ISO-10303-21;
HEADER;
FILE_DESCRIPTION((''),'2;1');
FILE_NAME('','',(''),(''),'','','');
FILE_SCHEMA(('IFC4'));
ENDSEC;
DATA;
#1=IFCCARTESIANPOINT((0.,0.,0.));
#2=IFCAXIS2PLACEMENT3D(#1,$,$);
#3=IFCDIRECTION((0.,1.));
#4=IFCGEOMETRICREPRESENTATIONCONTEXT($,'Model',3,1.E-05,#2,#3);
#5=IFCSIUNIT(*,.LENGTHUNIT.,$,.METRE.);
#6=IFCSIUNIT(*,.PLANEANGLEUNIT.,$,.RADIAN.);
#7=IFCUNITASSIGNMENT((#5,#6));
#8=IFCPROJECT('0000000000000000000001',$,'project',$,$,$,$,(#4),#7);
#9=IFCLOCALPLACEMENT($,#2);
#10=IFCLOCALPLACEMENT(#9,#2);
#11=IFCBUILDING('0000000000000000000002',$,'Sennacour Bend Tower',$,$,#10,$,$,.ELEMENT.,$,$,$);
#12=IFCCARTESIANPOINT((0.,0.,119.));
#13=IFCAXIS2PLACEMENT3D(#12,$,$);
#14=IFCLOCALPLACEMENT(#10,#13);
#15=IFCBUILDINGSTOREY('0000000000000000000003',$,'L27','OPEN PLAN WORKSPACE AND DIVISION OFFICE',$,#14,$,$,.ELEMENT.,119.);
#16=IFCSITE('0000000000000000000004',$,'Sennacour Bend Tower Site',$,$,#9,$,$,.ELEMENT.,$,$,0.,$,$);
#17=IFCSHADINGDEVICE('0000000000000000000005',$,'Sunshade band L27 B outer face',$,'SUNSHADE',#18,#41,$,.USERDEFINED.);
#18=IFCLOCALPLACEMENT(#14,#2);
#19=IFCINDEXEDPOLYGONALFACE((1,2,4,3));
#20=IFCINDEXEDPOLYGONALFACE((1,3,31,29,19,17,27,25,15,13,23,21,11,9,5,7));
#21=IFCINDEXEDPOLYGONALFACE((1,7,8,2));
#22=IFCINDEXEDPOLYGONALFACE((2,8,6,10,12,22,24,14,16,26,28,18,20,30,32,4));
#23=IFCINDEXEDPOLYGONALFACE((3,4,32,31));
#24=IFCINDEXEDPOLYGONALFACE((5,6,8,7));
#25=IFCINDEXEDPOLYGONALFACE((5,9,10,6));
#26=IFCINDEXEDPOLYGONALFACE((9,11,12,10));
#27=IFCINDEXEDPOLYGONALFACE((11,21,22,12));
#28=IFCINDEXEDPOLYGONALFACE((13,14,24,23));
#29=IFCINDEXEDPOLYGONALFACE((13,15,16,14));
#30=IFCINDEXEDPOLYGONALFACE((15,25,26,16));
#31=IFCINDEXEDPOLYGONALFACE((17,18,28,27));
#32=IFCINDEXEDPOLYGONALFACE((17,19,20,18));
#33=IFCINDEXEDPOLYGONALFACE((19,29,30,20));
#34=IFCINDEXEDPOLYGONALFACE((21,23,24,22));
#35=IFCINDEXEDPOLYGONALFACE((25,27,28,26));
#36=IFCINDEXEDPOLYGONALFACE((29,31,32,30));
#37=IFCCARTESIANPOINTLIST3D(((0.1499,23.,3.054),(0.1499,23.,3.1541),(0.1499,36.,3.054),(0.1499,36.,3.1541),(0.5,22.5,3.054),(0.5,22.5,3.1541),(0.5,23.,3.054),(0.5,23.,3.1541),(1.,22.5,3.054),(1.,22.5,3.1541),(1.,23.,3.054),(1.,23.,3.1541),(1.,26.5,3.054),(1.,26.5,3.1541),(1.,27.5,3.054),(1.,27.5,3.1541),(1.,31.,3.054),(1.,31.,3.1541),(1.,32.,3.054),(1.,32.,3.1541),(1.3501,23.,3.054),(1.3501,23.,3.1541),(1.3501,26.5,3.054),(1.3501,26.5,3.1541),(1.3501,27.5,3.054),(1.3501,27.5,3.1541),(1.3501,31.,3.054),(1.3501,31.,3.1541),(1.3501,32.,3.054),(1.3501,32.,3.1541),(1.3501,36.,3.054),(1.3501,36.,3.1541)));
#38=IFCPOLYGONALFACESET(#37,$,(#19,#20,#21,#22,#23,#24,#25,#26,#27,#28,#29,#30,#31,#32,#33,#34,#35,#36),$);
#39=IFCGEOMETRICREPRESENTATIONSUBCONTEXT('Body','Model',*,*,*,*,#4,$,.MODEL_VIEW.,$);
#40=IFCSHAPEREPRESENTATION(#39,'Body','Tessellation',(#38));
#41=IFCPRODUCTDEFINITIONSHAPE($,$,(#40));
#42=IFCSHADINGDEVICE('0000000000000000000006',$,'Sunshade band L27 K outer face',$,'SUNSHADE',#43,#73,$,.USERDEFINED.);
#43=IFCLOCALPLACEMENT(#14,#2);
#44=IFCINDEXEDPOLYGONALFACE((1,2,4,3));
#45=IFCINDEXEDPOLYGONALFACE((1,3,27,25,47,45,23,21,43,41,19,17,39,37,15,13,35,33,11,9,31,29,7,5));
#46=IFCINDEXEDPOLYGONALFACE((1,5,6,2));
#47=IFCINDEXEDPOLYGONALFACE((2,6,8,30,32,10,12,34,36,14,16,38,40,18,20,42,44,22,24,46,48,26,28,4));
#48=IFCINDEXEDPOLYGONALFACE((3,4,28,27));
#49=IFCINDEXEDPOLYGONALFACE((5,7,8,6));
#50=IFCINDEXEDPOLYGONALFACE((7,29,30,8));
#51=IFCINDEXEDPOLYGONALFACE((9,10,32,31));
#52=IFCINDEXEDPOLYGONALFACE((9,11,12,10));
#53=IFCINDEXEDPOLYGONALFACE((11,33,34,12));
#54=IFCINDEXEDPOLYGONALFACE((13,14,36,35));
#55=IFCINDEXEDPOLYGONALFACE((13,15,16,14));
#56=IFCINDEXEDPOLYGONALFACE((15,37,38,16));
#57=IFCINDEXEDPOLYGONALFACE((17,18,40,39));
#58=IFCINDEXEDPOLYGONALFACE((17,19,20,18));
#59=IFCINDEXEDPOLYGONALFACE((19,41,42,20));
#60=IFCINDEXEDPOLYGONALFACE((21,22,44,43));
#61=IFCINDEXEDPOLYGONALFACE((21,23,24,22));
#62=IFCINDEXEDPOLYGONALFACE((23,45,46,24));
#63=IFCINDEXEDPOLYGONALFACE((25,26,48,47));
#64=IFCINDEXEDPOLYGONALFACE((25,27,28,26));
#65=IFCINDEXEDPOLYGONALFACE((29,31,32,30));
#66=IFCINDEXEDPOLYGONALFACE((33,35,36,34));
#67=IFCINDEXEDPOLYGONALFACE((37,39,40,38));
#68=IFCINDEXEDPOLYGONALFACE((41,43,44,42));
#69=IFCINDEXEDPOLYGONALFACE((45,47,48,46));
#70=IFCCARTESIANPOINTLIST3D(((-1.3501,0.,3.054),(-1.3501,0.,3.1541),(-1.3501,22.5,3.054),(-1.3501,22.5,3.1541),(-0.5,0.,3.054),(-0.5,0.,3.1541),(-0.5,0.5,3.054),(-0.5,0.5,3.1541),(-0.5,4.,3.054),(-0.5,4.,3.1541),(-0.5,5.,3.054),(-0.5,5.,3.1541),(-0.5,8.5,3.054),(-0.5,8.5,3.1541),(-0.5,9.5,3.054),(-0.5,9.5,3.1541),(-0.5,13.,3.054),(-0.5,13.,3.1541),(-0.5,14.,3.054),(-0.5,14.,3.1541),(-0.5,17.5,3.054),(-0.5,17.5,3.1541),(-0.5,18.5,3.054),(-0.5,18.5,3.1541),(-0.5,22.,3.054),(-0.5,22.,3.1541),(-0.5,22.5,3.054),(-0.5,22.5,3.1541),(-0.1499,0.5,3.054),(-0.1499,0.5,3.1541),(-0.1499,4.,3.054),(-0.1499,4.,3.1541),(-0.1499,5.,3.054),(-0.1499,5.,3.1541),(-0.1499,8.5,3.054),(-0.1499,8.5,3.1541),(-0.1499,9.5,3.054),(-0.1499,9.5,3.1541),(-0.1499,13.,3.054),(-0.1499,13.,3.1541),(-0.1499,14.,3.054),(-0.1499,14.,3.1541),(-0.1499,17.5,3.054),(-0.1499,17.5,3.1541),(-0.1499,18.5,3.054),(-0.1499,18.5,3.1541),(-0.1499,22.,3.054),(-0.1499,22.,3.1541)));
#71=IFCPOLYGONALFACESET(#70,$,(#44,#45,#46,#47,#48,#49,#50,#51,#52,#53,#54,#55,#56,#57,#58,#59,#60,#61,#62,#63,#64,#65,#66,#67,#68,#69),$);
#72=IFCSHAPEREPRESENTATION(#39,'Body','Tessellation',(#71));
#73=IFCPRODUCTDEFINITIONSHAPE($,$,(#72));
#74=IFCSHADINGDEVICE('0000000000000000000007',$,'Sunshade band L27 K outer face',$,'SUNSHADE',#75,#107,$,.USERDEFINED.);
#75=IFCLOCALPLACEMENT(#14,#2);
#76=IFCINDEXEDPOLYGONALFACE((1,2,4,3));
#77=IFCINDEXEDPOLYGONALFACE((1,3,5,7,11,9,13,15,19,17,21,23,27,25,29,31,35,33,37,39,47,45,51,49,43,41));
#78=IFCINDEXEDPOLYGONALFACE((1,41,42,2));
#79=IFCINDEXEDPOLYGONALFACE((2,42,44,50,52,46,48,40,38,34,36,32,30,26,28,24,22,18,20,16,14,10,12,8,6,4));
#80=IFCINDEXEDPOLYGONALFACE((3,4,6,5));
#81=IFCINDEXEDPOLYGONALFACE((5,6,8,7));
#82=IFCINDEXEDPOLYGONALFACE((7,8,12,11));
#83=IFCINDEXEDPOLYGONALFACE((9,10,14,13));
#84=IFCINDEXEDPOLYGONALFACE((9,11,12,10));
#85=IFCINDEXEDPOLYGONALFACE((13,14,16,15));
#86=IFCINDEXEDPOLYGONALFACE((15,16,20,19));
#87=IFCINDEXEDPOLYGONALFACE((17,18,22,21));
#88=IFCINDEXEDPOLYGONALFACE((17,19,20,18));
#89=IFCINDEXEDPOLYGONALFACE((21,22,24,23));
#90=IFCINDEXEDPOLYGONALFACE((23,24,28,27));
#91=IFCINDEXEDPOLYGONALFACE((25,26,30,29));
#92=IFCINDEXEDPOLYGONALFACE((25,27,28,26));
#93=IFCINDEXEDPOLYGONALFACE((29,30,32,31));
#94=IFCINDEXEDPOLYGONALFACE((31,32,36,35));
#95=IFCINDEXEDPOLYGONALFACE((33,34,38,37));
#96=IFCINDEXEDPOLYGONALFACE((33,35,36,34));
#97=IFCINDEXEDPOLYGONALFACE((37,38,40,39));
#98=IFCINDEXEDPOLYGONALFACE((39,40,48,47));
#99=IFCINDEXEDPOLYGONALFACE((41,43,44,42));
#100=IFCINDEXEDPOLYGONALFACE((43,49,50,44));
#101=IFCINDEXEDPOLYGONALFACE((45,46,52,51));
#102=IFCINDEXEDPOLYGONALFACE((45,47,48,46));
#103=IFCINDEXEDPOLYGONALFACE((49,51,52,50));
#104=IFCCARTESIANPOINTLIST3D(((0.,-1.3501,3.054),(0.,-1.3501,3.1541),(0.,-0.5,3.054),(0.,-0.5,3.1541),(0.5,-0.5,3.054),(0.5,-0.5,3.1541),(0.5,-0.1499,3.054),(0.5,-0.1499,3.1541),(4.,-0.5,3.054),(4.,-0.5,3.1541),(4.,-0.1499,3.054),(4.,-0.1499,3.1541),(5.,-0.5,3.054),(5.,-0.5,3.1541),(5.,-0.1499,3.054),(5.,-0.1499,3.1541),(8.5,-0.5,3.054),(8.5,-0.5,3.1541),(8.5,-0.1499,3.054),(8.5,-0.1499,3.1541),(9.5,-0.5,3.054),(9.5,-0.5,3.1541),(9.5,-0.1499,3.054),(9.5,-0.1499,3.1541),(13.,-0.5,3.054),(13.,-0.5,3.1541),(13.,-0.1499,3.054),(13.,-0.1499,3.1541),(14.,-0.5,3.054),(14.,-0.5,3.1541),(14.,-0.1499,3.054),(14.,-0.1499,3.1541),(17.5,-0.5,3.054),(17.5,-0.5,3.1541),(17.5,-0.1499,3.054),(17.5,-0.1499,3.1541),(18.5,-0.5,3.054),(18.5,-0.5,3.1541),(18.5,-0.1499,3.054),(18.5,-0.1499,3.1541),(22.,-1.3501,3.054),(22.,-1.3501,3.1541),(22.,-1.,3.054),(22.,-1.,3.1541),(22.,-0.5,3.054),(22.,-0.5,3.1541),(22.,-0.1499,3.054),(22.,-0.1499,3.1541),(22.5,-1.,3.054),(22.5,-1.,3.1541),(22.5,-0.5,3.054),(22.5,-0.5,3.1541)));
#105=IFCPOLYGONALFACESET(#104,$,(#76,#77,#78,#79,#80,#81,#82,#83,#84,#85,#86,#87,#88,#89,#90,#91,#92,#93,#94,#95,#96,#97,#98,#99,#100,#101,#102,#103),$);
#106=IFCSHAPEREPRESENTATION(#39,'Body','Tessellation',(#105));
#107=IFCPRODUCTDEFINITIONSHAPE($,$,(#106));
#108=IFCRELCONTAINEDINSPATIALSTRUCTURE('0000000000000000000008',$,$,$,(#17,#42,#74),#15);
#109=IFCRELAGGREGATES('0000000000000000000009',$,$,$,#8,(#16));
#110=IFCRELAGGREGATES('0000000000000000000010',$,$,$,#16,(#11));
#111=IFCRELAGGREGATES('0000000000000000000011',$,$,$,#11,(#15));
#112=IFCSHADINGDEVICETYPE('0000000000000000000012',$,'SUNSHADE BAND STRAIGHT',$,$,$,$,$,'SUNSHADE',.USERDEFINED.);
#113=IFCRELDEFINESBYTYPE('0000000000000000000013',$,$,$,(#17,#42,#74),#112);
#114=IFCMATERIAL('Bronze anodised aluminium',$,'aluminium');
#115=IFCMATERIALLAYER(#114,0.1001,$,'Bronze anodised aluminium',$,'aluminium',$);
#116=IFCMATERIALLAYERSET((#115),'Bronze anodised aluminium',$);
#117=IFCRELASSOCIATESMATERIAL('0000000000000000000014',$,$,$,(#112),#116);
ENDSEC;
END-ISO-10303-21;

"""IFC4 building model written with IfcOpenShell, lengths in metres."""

from ifc_helpers import new_model, si_unit, direction, frame, origin, place, context, subcontext, project, spatial, polyline, outline, extrude, material, layer, layer_set, type_object, element, save


model = new_model("IFC4")

# Units and contexts
model_context = context("Model", 3, precision=1e-05, world=origin(), true_north=direction((0.0, 1.0)))
body_context = subcontext(model_context, "Body", "Model", "MODEL_VIEW")
ifc_project = project(units=[si_unit("LENGTHUNIT", "METRE"), si_unit("PLANEANGLEUNIT", "RADIAN")], contexts=[model_context])

# Site, building, storey
site_placement = place(None, origin())
site = spatial("IfcSite", under=ifc_project, at=site_placement, Name="Sennacour Bend Tower Site", CompositionType="ELEMENT", RefElevation=0.0)
building_placement = place(site_placement, origin())
building = spatial("IfcBuilding", under=site, at=building_placement, Name="Sennacour Bend Tower", CompositionType="ELEMENT")
storey_placement = place(building_placement, frame((0.0, 0.0, 119.0)))
storey = spatial("IfcBuildingStorey", under=building, at=storey_placement, Name="L27", Description="OPEN PLAN WORKSPACE AND DIVISION OFFICE", CompositionType="ELEMENT", Elevation=119.0)

# Shading devices
ifc_material_1 = material(Name="Bronze anodised aluminium", Category="aluminium")
ifc_layer_1 = layer(ifc_material_1, 0.1001, Name="Bronze anodised aluminium", Category="aluminium")
ifc_layer_set_1 = layer_set([ifc_layer_1], Name="Bronze anodised aluminium")
shading_device_type_1 = type_object("IfcShadingDeviceType", Name="SUNSHADE BAND STRAIGHT", ElementType="SUNSHADE", PredefinedType="USERDEFINED", material=ifc_layer_set_1)
shading_device_1_placement = place(storey_placement, frame((0.0, 0.0, 3.054)))
element("IfcShadingDevice", 1, at=shading_device_1_placement, inside=storey, type_object=shading_device_type_1, Name="Sunshade band L27 B outer face", ObjectType="SUNSHADE", PredefinedType="USERDEFINED", context=body_context, shape_type="SweptSolid", body=[
    extrude(outline(polyline([(1.3501, 32.0), (1.0, 32.0), (1.0, 31.0), (1.3501, 31.0), (1.3501, 27.5), (1.0, 27.5), (1.0, 26.5), (1.3501, 26.5), (1.3501, 23.0), (1.0, 23.0), (1.0, 22.5), (0.5, 22.5), (0.5, 23.0), (0.1499, 23.0), (0.1499, 36.0), (1.3501, 36.0), (1.3501, 32.0)])), origin(), (0.0, 0.0, 1.0), 0.1001),
])
shading_device_2_placement = place(storey_placement, frame((0.0, 0.0, 3.054)))
element("IfcShadingDevice", 2, at=shading_device_2_placement, inside=storey, type_object=shading_device_type_1, Name="Sunshade band L27 K outer face", ObjectType="SUNSHADE", PredefinedType="USERDEFINED", context=body_context, shape_type="SweptSolid", body=[
    extrude(outline(polyline([(-0.1499, 18.5), (-0.5, 18.5), (-0.5, 17.5), (-0.1499, 17.5), (-0.1499, 14.0), (-0.5, 14.0), (-0.5, 13.0), (-0.1499, 13.0), (-0.1499, 9.5), (-0.5, 9.5), (-0.5, 8.5), (-0.1499, 8.5), (-0.1499, 5.0), (-0.5, 5.0), (-0.5, 4.0), (-0.1499, 4.0), (-0.1499, 0.5), (-0.5, 0.5), (-0.5, 0.0), (-1.3501, 0.0), (-1.3501, 22.5), (-0.5, 22.5), (-0.5, 22.0), (-0.1499, 22.0), (-0.1499, 18.5)])), origin(), (0.0, 0.0, 1.0), 0.1001),
])
shading_device_3_placement = place(storey_placement, frame((0.0, 0.0, 3.054)))
element("IfcShadingDevice", 3, at=shading_device_3_placement, inside=storey, type_object=shading_device_type_1, Name="Sunshade band L27 K outer face", ObjectType="SUNSHADE", PredefinedType="USERDEFINED", context=body_context, shape_type="SweptSolid", body=[
    extrude(outline(polyline([(4.0, -0.1499), (4.0, -0.5), (5.0, -0.5), (5.0, -0.1499), (8.5, -0.1499), (8.5, -0.5), (9.5, -0.5), (9.5, -0.1499), (13.0, -0.1499), (13.0, -0.5), (14.0, -0.5), (14.0, -0.1499), (17.5, -0.1499), (17.5, -0.5), (18.5, -0.5), (18.5, -0.1499), (22.0, -0.1499), (22.0, -0.5), (22.5, -0.5), (22.5, -1.0), (22.0, -1.0), (22.0, -1.3501), (0.0, -1.3501), (0.0, -0.5), (0.5, -0.5), (0.5, -0.1499), (4.0, -0.1499)])), origin(), (0.0, 0.0, 1.0), 0.1001),
])

save(model, "model.ifc")
